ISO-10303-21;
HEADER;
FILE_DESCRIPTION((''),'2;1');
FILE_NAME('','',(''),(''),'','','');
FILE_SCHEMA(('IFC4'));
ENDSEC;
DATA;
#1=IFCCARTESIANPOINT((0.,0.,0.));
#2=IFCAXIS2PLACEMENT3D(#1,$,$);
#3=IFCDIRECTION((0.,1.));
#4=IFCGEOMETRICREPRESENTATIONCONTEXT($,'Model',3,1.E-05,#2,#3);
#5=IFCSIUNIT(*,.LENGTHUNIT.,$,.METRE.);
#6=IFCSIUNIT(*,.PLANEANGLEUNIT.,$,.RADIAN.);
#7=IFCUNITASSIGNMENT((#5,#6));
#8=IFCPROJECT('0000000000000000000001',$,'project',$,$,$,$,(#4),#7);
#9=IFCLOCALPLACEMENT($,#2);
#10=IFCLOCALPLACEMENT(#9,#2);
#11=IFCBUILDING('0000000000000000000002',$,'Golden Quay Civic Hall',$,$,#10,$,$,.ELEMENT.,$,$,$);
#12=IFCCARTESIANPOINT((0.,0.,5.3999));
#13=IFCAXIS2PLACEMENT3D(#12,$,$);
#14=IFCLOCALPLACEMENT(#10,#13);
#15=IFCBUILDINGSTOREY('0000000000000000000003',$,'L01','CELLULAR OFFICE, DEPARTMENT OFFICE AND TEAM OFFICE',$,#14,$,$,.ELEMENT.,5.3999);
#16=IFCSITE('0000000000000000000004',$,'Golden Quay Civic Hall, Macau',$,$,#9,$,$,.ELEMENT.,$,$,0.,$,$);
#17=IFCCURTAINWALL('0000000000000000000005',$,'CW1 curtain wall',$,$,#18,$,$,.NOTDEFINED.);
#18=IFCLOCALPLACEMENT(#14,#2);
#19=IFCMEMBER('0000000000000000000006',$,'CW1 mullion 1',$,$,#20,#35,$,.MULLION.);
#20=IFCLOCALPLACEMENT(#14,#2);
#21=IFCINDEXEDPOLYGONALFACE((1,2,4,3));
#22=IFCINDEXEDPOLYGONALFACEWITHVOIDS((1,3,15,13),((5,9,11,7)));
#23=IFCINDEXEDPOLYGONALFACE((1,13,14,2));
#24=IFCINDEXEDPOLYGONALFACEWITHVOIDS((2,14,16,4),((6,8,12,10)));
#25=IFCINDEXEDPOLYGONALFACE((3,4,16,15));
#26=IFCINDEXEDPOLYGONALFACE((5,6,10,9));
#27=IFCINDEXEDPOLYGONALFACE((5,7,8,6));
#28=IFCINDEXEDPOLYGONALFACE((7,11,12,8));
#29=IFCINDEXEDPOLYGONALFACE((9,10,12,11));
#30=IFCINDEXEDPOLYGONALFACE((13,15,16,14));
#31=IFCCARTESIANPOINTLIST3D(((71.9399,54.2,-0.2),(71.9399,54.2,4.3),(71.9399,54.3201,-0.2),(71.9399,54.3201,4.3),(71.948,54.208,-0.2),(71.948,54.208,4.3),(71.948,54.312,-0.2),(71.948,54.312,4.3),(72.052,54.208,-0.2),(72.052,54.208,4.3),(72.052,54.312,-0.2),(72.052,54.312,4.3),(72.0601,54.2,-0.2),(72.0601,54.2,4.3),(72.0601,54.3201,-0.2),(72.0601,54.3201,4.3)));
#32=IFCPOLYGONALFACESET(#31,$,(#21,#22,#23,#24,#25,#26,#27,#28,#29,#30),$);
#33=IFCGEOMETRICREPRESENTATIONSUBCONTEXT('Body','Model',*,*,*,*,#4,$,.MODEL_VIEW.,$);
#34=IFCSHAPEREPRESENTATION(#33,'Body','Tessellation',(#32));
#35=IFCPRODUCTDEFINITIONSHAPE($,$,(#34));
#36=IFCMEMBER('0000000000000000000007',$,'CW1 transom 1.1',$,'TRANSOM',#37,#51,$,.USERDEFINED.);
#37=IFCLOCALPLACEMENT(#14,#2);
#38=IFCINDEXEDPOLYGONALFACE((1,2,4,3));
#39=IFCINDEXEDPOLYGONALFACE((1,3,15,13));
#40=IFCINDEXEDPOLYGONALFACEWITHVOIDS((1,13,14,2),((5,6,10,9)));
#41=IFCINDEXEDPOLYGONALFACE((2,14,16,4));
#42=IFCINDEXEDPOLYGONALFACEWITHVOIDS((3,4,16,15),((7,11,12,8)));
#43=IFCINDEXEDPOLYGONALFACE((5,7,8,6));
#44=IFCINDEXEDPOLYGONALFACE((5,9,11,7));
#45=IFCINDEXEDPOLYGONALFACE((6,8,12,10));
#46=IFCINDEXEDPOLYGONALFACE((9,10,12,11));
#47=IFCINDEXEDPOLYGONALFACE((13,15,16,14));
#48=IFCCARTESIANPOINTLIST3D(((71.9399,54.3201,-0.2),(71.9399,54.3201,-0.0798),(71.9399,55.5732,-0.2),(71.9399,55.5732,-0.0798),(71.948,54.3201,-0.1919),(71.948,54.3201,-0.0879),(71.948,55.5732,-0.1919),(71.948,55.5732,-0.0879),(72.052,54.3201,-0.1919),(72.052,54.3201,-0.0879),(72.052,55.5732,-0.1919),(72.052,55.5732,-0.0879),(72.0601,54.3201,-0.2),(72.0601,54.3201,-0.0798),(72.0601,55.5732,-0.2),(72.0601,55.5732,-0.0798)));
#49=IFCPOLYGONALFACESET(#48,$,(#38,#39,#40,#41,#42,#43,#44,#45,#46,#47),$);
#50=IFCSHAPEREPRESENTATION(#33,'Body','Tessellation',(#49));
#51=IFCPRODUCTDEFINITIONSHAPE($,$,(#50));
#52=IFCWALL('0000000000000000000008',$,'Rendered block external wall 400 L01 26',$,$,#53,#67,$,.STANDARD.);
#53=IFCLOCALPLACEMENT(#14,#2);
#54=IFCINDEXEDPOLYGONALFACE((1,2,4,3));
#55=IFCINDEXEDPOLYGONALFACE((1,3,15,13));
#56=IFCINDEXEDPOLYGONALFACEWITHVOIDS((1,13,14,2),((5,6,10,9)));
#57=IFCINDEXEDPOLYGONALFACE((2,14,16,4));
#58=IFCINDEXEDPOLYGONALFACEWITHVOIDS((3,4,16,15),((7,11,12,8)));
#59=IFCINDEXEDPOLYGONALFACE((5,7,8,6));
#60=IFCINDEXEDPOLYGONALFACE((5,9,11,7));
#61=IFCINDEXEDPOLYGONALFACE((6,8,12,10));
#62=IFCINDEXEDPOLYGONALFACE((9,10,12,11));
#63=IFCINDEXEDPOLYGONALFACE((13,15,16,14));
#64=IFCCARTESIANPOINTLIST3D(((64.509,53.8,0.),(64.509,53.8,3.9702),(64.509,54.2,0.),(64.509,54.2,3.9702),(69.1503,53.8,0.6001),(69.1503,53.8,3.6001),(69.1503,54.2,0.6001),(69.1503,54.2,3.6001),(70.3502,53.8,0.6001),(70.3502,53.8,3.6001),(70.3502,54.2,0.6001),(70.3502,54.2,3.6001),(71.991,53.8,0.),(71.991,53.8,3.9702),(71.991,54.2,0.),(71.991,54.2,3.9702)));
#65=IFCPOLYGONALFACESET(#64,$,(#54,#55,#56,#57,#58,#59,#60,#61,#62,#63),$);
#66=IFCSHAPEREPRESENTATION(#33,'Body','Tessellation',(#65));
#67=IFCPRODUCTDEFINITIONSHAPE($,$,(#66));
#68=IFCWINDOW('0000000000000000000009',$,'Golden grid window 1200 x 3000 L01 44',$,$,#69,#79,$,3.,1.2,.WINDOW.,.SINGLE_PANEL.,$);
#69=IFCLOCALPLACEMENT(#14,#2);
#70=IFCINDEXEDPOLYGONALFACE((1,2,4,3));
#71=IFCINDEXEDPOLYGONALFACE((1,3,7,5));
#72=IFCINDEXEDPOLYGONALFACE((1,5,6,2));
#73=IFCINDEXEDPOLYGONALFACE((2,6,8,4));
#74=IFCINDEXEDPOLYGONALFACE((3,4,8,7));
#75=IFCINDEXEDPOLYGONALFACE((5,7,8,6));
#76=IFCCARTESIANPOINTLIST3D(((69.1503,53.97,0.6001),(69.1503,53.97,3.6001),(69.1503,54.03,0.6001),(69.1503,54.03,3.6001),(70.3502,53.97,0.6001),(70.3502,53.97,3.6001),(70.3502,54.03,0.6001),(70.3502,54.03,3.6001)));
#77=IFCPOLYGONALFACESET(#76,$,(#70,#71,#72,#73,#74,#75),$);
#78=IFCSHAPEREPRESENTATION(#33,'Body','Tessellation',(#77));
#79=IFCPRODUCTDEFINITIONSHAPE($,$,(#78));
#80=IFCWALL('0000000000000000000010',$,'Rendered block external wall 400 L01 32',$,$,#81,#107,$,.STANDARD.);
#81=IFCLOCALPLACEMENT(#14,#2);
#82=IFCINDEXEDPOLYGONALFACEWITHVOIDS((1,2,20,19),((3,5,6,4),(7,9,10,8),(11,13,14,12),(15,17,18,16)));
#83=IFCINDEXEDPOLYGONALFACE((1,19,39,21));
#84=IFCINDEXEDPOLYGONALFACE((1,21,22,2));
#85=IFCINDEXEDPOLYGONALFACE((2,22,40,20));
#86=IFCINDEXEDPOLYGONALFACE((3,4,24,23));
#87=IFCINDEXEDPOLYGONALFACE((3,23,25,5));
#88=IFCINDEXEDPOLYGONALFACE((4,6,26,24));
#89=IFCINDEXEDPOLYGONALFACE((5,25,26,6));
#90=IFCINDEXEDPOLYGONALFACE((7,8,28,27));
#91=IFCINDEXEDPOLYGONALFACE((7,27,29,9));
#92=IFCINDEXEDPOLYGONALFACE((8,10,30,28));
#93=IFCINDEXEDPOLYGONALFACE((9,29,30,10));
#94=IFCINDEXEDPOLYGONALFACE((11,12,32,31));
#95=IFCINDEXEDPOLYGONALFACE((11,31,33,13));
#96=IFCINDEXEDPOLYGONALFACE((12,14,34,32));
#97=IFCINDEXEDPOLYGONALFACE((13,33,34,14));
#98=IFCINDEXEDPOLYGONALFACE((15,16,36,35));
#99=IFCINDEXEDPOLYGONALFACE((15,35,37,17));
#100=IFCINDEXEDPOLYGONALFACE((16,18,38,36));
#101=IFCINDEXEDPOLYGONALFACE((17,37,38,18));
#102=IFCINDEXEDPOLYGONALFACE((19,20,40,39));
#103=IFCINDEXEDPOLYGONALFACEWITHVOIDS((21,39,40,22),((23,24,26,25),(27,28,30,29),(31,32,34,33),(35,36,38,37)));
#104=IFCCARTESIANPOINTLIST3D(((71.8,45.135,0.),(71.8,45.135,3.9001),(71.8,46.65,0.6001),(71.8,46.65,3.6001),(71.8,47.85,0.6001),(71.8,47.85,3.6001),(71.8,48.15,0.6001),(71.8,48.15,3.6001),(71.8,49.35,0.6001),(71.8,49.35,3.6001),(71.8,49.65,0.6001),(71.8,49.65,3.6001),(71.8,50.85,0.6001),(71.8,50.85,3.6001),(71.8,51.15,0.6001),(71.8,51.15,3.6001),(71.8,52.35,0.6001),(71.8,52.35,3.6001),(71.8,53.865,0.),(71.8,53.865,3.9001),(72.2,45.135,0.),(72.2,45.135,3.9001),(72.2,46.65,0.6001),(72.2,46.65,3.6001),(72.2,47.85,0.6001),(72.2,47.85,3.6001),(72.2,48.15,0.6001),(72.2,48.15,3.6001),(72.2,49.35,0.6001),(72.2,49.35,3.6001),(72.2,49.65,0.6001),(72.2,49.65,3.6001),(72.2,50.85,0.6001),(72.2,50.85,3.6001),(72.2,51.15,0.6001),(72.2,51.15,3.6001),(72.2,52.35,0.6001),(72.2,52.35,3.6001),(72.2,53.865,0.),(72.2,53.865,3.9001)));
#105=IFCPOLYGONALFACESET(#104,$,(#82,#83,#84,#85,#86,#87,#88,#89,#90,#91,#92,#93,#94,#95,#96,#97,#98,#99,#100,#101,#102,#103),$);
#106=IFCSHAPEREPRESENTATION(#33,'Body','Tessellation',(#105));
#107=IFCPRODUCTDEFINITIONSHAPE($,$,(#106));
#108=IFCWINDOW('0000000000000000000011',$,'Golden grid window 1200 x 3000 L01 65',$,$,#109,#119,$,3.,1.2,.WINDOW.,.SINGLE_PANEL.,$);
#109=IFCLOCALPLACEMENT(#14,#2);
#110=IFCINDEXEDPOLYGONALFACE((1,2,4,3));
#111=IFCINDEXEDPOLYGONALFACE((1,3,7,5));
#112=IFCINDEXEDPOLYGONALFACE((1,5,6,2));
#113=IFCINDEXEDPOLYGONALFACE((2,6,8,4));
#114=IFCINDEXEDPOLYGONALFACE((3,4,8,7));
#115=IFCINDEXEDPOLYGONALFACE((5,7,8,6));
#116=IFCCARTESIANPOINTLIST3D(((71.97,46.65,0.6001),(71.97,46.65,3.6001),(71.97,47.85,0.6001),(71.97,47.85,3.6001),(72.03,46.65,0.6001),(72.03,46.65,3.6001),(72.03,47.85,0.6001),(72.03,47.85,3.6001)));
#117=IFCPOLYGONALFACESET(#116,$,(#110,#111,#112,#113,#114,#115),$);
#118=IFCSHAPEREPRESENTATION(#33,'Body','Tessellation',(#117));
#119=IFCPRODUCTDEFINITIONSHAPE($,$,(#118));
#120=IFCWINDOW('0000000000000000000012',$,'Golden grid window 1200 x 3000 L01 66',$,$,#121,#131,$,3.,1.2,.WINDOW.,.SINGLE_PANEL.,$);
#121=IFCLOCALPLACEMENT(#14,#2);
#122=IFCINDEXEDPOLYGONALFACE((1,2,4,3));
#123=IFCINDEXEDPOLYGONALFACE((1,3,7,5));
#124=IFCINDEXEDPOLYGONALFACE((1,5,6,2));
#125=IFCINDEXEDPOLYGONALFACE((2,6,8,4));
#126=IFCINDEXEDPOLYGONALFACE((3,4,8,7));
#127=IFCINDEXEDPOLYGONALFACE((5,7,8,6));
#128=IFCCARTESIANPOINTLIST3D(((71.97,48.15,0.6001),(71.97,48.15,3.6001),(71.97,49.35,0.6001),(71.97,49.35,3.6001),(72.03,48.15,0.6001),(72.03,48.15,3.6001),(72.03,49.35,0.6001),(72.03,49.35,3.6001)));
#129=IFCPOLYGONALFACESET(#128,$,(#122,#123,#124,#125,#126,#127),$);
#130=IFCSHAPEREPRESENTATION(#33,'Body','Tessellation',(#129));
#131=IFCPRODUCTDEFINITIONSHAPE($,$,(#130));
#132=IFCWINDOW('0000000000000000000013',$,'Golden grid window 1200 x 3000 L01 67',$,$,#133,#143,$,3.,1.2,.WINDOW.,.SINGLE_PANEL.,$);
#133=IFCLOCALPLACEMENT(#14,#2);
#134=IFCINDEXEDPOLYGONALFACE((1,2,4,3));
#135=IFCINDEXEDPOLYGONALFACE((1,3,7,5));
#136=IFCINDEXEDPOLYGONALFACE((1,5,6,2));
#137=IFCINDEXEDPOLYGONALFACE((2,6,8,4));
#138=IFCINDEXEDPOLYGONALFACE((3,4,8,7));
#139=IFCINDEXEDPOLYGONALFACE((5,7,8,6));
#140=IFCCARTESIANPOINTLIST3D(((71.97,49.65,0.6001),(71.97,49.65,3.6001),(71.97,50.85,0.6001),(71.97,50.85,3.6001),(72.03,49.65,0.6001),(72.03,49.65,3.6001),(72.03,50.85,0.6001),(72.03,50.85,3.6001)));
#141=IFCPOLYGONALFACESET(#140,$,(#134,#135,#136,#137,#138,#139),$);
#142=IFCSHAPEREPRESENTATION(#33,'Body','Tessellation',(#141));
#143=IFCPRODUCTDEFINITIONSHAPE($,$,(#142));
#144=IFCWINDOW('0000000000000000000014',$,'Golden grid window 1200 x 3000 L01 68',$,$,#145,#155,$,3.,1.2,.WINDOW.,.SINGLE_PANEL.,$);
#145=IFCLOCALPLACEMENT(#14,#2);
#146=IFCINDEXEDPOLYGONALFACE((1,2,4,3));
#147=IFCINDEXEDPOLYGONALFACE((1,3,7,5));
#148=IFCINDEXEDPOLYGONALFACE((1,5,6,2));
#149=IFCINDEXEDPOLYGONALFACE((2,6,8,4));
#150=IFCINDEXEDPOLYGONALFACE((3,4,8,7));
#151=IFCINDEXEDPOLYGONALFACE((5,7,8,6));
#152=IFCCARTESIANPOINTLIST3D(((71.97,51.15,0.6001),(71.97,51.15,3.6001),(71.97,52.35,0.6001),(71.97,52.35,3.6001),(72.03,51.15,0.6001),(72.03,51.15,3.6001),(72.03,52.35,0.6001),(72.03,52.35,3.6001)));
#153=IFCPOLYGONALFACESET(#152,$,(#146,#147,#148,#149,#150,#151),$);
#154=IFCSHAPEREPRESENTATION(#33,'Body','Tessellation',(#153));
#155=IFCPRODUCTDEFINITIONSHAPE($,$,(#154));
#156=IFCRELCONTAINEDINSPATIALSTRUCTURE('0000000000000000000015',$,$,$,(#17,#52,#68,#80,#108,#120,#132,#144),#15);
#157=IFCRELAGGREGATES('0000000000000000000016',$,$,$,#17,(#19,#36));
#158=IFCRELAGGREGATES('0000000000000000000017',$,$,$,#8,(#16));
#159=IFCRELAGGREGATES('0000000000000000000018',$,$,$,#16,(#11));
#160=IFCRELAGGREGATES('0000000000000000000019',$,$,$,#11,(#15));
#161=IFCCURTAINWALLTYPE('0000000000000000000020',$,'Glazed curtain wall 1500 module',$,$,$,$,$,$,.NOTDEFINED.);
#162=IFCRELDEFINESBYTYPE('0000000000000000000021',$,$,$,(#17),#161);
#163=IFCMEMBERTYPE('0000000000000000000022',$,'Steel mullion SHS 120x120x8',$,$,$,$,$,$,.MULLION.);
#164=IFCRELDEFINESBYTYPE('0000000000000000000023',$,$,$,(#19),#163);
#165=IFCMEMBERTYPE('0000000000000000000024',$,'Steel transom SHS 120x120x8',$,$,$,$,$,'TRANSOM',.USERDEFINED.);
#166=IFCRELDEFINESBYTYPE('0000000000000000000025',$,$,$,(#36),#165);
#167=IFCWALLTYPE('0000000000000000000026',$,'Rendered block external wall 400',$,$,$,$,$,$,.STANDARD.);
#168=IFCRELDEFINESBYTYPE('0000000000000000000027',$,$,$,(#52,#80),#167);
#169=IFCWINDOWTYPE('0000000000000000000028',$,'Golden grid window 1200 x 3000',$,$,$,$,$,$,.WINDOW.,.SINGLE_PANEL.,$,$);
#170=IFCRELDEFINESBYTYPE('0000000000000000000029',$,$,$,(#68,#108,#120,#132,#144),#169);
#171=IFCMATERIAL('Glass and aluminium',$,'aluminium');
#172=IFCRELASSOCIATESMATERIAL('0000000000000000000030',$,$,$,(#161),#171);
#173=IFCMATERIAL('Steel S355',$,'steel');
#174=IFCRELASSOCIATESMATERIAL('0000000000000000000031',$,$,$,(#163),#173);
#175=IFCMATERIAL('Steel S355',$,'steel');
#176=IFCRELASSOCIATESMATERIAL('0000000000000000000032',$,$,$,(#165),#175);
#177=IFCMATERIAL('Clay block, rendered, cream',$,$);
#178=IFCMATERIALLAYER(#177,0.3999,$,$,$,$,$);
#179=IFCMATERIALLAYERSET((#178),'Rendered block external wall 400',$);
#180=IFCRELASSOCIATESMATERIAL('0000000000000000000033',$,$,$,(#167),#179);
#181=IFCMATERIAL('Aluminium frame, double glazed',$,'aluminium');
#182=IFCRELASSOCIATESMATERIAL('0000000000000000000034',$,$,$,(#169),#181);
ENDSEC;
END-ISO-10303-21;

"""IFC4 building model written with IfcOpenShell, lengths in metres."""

from ifc_helpers import new_model, si_unit, direction, frame, frame_2d, origin, origin_2d, place, context, subcontext, project, spatial, rectangle, hollow_rectangle, extrude, material, layer, layer_set, material_profile, profile_set, type_object, element, fill, aggregate, save


model = new_model("IFC4")

# Units and contexts
model_context = context("Model", 3, precision=1e-05, world=origin(), true_north=direction((0.0, 1.0)))
body_context = subcontext(model_context, "Body", "Model", "MODEL_VIEW")
ifc_project = project(units=[si_unit("LENGTHUNIT", "METRE"), si_unit("PLANEANGLEUNIT", "RADIAN")], contexts=[model_context])

# Site, building, storey
site_placement = place(None, origin())
site = spatial("IfcSite", under=ifc_project, at=site_placement, Name="Golden Quay Civic Hall, Macau", CompositionType="ELEMENT", RefElevation=0.0)
building_placement = place(site_placement, origin())
building = spatial("IfcBuilding", under=site, at=building_placement, Name="Golden Quay Civic Hall", CompositionType="ELEMENT")
storey_placement = place(building_placement, frame((0.0, 0.0, 5.3999)))
storey = spatial("IfcBuildingStorey", under=building, at=storey_placement, Name="L01", Description="CELLULAR OFFICE, DEPARTMENT OFFICE AND TEAM OFFICE", CompositionType="ELEMENT", Elevation=5.3999)

# Curtain wall, members
ifc_material_1 = material(Name="Glass and aluminium", Category="aluminium")
curtain_wall_type = type_object("IfcCurtainWallType", Name="Glazed curtain wall 1500 module", PredefinedType="NOTDEFINED", material=ifc_material_1)
curtain_wall_placement = place(storey_placement, origin())
curtain_wall = element("IfcCurtainWall", 1, at=curtain_wall_placement, inside=storey, type_object=curtain_wall_type, Name="CW1 curtain wall", PredefinedType="NOTDEFINED")
ifc_material_2 = material(Name="Steel S355", Category="steel")
ifc_material_profile_1 = material_profile(ifc_material_2, hollow_rectangle(XDim=0.1201, YDim=0.1201, WallThickness=0.0081, at=origin_2d()), Name="SHS 120x120x8")
ifc_profile_set_1 = profile_set([ifc_material_profile_1], Name="Steel S355")
member_type_1 = type_object("IfcMemberType", Name="Steel mullion SHS 120x120x8", PredefinedType="MULLION", material=ifc_profile_set_1)
member_1_placement = place(storey_placement, frame((72.0, 54.26, -0.2), z_axis=(0.0, 0.0, 1.0), x_axis=(-1.0, 0.0, 0.0)))
member_1 = element("IfcMember", 2, at=member_1_placement, type_object=member_type_1, Name="CW1 mullion 1", PredefinedType="MULLION", context=body_context, shape_type="SweptSolid", body=[
    extrude(hollow_rectangle(XDim=0.1201, YDim=0.1201, WallThickness=0.0081, at=origin_2d()), origin(), (0.0, 0.0, 1.0), 4.5),
])
ifc_material_3 = material(Name="Steel S355", Category="steel")
ifc_material_profile_2 = material_profile(ifc_material_3, hollow_rectangle(XDim=0.1201, YDim=0.1201, WallThickness=0.0081, at=origin_2d()), Name="SHS 120x120x8")
ifc_profile_set_2 = profile_set([ifc_material_profile_2], Name="Steel S355")
member_type_2 = type_object("IfcMemberType", Name="Steel transom SHS 120x120x8", ElementType="TRANSOM", PredefinedType="USERDEFINED", material=ifc_profile_set_2)
member_2_placement = place(storey_placement, frame((72.0, 54.3201, -0.1399), z_axis=(0.0, 1.0, 0.0), x_axis=(-1.0, 0.0, 0.0)))
member_2 = element("IfcMember", 3, at=member_2_placement, type_object=member_type_2, Name="CW1 transom 1.1", ObjectType="TRANSOM", PredefinedType="USERDEFINED", context=body_context, shape_type="SweptSolid", body=[
    extrude(hollow_rectangle(XDim=0.1201, YDim=0.1201, WallThickness=0.0081, at=origin_2d()), origin(), (0.0, 0.0, 1.0), 1.2532),
])
aggregate(curtain_wall, [member_1, member_2])

# Wall, opening, window
ifc_material_4 = material(Name="Clay block, rendered, cream")
ifc_layer = layer(ifc_material_4, 0.3999)
ifc_layer_set = layer_set([ifc_layer], Name="Rendered block external wall 400")
wall_type = type_object("IfcWallType", Name="Rendered block external wall 400", PredefinedType="STANDARD", material=ifc_layer_set)
wall_1_placement = place(storey_placement, frame((64.509, 54.0, 0.0), z_axis=(0.0, 0.0, 1.0), x_axis=(1.0, 0.0, 0.0)))
wall_1 = element("IfcWall", 4, at=wall_1_placement, inside=storey, type_object=wall_type, Name="Rendered block external wall 400 L01 26", PredefinedType="STANDARD", context=body_context, shape_type="SweptSolid", body=[
    extrude(rectangle(XDim=7.4819, YDim=0.3999, at=frame_2d((3.741, 0.0))), origin(), (0.0, 0.0, 1.0), 3.9702),
])
opening_1_placement = place(wall_1_placement, frame((4.6411, 0.0, 0.6001)))
opening_1 = element("IfcOpeningElement", 5, at=opening_1_placement, cuts=wall_1, PredefinedType="OPENING", context=body_context, shape_type="SweptSolid", body=[
    extrude(rectangle(XDim=1.2, YDim=3.0, at=frame_2d((0.6001, 1.5))), frame((0.0, 0.21, 0.0), z_axis=(0.0, -1.0, 0.0), x_axis=(1.0, 0.0, 0.0)), (0.0, 0.0, 1.0), 0.4199),
])
ifc_material_5 = material(Name="Aluminium frame, double glazed", Category="aluminium")
window_type = type_object("IfcWindowType", Name="Golden grid window 1200 x 3000", PartitioningType="SINGLE_PANEL", PredefinedType="WINDOW", material=ifc_material_5)
window_1_placement = place(opening_1_placement, origin())
window_1 = element("IfcWindow", 6, at=window_1_placement, inside=storey, type_object=window_type, Name="Golden grid window 1200 x 3000 L01 44", OverallHeight=3.0, OverallWidth=1.2, PartitioningType="SINGLE_PANEL", PredefinedType="WINDOW", context=body_context, shape_type="SweptSolid", body=[
    extrude(rectangle(XDim=1.2, YDim=3.0, at=frame_2d((0.6001, 1.5))), frame((0.0, 0.03, 0.0), z_axis=(0.0, -1.0, 0.0), x_axis=(1.0, 0.0, 0.0)), (0.0, 0.0, 1.0), 0.0601),
])
fill(opening_1, window_1)

# Wall, openings, windows
wall_2_placement = place(storey_placement, frame((72.0, 53.865, 0.0), z_axis=(0.0, 0.0, 1.0), x_axis=(0.0, -1.0, 0.0)))
wall_2 = element("IfcWall", 7, at=wall_2_placement, inside=storey, type_object=wall_type, Name="Rendered block external wall 400 L01 32", PredefinedType="STANDARD", context=body_context, shape_type="SweptSolid", body=[
    extrude(rectangle(XDim=8.73, YDim=0.3999, at=frame_2d((4.365, 0.0))), origin(), (0.0, 0.0, 1.0), 3.9001),
])
opening_2_placement = place(wall_2_placement, frame((6.0149, 0.0, 0.6001)))
opening_2 = element("IfcOpeningElement", 8, at=opening_2_placement, cuts=wall_2, PredefinedType="OPENING", context=body_context, shape_type="SweptSolid", body=[
    extrude(rectangle(XDim=1.2, YDim=3.0, at=frame_2d((0.6001, 1.5))), frame((0.0, 0.21, 0.0), z_axis=(0.0, -1.0, 0.0), x_axis=(1.0, 0.0, 0.0)), (0.0, 0.0, 1.0), 0.4199),
])
opening_3_placement = place(wall_2_placement, frame((4.5149, 0.0, 0.6001)))
opening_3 = element("IfcOpeningElement", 9, at=opening_3_placement, cuts=wall_2, PredefinedType="OPENING", context=body_context, shape_type="SweptSolid", body=[
    extrude(rectangle(XDim=1.2, YDim=3.0, at=frame_2d((0.6001, 1.5))), frame((0.0, 0.21, 0.0), z_axis=(0.0, -1.0, 0.0), x_axis=(1.0, 0.0, 0.0)), (0.0, 0.0, 1.0), 0.4199),
])
opening_4_placement = place(wall_2_placement, frame((3.0149, 0.0, 0.6001)))
opening_4 = element("IfcOpeningElement", 10, at=opening_4_placement, cuts=wall_2, PredefinedType="OPENING", context=body_context, shape_type="SweptSolid", body=[
    extrude(rectangle(XDim=1.2, YDim=3.0, at=frame_2d((0.6001, 1.5))), frame((0.0, 0.21, 0.0), z_axis=(0.0, -1.0, 0.0), x_axis=(1.0, 0.0, 0.0)), (0.0, 0.0, 1.0), 0.4199),
])
opening_5_placement = place(wall_2_placement, frame((1.5149, 0.0, 0.6001)))
opening_5 = element("IfcOpeningElement", 11, at=opening_5_placement, cuts=wall_2, PredefinedType="OPENING", context=body_context, shape_type="SweptSolid", body=[
    extrude(rectangle(XDim=1.2, YDim=3.0, at=frame_2d((0.6001, 1.5))), frame((0.0, 0.21, 0.0), z_axis=(0.0, -1.0, 0.0), x_axis=(1.0, 0.0, 0.0)), (0.0, 0.0, 1.0), 0.4199),
])
window_2_placement = place(opening_2_placement, origin())
window_2 = element("IfcWindow", 12, at=window_2_placement, inside=storey, type_object=window_type, Name="Golden grid window 1200 x 3000 L01 65", OverallHeight=3.0, OverallWidth=1.2, PartitioningType="SINGLE_PANEL", PredefinedType="WINDOW", context=body_context, shape_type="SweptSolid", body=[
    extrude(rectangle(XDim=1.2, YDim=3.0, at=frame_2d((0.6001, 1.5))), frame((0.0, 0.03, 0.0), z_axis=(0.0, -1.0, 0.0), x_axis=(1.0, 0.0, 0.0)), (0.0, 0.0, 1.0), 0.0601),
])
fill(opening_2, window_2)
window_3_placement = place(opening_3_placement, origin())
window_3 = element("IfcWindow", 13, at=window_3_placement, inside=storey, type_object=window_type, Name="Golden grid window 1200 x 3000 L01 66", OverallHeight=3.0, OverallWidth=1.2, PartitioningType="SINGLE_PANEL", PredefinedType="WINDOW", context=body_context, shape_type="SweptSolid", body=[
    extrude(rectangle(XDim=1.2, YDim=3.0, at=frame_2d((0.6001, 1.5))), frame((0.0, 0.03, 0.0), z_axis=(0.0, -1.0, 0.0), x_axis=(1.0, 0.0, 0.0)), (0.0, 0.0, 1.0), 0.0601),
])
fill(opening_3, window_3)
window_4_placement = place(opening_4_placement, origin())
window_4 = element("IfcWindow", 14, at=window_4_placement, inside=storey, type_object=window_type, Name="Golden grid window 1200 x 3000 L01 67", OverallHeight=3.0, OverallWidth=1.2, PartitioningType="SINGLE_PANEL", PredefinedType="WINDOW", context=body_context, shape_type="SweptSolid", body=[
    extrude(rectangle(XDim=1.2, YDim=3.0, at=frame_2d((0.6001, 1.5))), frame((0.0, 0.03, 0.0), z_axis=(0.0, -1.0, 0.0), x_axis=(1.0, 0.0, 0.0)), (0.0, 0.0, 1.0), 0.0601),
])
fill(opening_4, window_4)
window_5_placement = place(opening_5_placement, origin())
window_5 = element("IfcWindow", 15, at=window_5_placement, inside=storey, type_object=window_type, Name="Golden grid window 1200 x 3000 L01 68", OverallHeight=3.0, OverallWidth=1.2, PartitioningType="SINGLE_PANEL", PredefinedType="WINDOW", context=body_context, shape_type="SweptSolid", body=[
    extrude(rectangle(XDim=1.2, YDim=3.0, at=frame_2d((0.6001, 1.5))), frame((0.0, 0.03, 0.0), z_axis=(0.0, -1.0, 0.0), x_axis=(1.0, 0.0, 0.0)), (0.0, 0.0, 1.0), 0.0601),
])
fill(opening_5, window_5)

save(model, "model.ifc")
